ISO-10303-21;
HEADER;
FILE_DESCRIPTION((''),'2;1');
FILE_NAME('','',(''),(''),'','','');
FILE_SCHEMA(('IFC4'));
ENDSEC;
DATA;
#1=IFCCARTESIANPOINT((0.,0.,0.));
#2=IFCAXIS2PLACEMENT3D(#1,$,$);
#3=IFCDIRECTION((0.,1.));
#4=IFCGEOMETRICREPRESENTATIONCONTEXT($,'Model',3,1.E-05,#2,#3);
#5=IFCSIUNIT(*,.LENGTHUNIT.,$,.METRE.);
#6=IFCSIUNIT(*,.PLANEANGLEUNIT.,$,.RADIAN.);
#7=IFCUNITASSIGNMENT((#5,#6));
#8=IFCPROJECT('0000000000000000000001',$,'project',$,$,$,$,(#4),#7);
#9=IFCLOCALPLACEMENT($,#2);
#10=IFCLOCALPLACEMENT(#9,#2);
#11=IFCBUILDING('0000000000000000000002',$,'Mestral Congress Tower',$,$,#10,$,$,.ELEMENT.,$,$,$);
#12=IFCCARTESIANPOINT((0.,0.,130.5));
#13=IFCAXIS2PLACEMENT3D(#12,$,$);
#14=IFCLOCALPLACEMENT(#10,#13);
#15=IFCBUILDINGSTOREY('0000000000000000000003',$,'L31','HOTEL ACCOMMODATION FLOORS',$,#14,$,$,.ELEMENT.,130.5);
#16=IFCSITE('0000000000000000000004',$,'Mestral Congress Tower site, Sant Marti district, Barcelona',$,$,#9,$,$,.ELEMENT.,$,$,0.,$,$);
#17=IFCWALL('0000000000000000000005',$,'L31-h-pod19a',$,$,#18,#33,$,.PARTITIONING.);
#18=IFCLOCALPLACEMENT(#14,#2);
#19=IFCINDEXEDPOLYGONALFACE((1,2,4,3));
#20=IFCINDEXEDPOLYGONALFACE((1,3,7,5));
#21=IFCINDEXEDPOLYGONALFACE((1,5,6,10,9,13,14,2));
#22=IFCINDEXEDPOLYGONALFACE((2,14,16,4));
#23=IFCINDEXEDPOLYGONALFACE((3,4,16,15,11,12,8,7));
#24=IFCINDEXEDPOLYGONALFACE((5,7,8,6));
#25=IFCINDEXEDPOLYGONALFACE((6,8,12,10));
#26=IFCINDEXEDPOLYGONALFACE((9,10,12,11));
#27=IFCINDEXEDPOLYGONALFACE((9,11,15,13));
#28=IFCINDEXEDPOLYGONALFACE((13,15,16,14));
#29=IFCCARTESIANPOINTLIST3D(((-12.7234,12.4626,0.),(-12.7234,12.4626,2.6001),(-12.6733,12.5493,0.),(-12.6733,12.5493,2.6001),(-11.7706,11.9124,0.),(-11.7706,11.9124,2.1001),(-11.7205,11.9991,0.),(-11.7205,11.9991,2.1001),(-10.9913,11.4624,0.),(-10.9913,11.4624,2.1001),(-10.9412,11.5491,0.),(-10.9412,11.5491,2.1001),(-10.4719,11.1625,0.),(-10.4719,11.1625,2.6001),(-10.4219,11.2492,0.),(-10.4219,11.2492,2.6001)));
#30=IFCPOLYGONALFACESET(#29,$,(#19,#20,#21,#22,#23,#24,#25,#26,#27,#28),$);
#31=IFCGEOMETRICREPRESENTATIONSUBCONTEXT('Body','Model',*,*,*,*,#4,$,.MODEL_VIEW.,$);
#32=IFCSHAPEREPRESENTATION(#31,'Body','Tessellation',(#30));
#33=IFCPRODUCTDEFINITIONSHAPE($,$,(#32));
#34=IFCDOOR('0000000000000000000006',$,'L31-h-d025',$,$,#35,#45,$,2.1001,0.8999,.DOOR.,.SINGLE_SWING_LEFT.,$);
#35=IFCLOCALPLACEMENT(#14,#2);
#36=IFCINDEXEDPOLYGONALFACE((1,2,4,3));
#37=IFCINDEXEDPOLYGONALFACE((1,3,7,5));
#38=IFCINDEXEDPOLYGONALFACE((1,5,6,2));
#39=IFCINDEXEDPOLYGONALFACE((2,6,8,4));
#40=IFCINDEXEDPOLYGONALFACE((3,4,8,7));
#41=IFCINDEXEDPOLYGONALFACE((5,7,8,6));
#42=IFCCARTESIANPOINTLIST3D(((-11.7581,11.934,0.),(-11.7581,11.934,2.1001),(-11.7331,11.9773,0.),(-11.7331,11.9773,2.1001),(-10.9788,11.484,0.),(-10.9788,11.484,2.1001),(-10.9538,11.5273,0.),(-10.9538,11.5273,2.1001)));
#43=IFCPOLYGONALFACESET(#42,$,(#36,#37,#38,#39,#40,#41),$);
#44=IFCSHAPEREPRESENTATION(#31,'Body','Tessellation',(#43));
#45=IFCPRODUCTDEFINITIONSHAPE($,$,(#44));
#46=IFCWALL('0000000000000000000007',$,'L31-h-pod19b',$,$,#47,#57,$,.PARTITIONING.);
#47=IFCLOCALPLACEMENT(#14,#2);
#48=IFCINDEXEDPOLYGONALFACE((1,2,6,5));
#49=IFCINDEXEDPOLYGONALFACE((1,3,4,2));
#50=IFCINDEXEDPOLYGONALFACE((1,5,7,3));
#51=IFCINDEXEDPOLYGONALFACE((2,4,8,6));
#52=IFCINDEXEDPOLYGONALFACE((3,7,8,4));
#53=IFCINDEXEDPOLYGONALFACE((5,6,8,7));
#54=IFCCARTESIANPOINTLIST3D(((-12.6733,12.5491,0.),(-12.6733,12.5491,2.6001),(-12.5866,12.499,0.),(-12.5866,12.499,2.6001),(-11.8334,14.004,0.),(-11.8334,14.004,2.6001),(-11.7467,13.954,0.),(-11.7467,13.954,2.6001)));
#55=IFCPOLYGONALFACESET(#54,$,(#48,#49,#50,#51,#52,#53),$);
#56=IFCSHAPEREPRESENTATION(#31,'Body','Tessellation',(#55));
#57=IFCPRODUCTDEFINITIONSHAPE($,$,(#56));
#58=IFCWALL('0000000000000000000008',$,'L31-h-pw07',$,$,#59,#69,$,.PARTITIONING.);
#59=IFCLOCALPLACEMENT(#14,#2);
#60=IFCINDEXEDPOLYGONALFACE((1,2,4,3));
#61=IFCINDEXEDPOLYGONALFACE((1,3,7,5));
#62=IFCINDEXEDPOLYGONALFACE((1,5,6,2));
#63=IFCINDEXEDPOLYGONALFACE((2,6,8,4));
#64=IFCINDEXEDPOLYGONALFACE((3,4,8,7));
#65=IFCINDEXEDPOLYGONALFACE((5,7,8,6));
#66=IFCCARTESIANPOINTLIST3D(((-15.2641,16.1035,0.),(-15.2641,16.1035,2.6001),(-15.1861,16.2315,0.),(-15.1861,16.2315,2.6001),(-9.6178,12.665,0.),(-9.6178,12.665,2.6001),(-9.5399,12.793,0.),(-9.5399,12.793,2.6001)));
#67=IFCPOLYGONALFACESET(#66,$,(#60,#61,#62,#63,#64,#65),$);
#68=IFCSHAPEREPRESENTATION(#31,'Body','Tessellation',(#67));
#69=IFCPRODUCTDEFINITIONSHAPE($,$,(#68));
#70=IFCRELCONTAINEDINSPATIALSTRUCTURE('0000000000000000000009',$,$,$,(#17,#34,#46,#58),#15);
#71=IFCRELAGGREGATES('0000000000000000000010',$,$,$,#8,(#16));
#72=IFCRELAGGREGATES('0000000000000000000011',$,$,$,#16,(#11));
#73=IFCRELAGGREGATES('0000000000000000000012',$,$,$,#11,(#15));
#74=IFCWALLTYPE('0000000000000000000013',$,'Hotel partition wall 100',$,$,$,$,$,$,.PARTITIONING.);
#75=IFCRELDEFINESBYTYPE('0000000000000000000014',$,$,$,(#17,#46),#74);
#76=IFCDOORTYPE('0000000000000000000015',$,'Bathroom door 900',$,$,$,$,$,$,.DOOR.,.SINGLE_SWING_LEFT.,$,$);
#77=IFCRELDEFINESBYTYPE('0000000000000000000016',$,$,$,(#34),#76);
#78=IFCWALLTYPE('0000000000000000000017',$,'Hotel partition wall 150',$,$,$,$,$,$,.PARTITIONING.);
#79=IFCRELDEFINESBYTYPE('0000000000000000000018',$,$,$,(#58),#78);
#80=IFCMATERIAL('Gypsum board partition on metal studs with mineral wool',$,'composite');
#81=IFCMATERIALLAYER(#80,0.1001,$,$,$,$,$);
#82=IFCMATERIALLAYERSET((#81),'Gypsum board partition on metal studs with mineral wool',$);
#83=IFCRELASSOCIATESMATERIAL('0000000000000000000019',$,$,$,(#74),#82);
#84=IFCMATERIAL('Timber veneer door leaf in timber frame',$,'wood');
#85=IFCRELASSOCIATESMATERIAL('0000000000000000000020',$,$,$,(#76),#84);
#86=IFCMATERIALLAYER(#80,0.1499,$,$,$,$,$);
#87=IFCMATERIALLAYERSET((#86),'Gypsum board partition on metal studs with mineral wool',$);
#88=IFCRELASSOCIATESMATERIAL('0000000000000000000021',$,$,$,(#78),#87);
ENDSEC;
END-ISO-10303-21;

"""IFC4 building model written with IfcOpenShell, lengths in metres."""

from ifc_helpers import new_model, si_unit, direction, frame, frame_2d, origin, place, context, subcontext, project, spatial, rectangle, extrude, material, layer, layer_set, type_object, element, fill, save


model = new_model("IFC4")

# Units and contexts
model_context = context("Model", 3, precision=1e-05, world=origin(), true_north=direction((0.0, 1.0)))
body_context = subcontext(model_context, "Body", "Model", "MODEL_VIEW")
ifc_project = project(units=[si_unit("LENGTHUNIT", "METRE"), si_unit("PLANEANGLEUNIT", "RADIAN")], contexts=[model_context])

# Site, building, storey
site_placement = place(None, origin())
site = spatial("IfcSite", under=ifc_project, at=site_placement, Name="Mestral Congress Tower site, Sant Marti district, Barcelona", CompositionType="ELEMENT", RefElevation=0.0)
building_placement = place(site_placement, origin())
building = spatial("IfcBuilding", under=site, at=building_placement, Name="Mestral Congress Tower", CompositionType="ELEMENT")
storey_placement = place(building_placement, frame((0.0, 0.0, 130.5)))
storey = spatial("IfcBuildingStorey", under=building, at=storey_placement, Name="L31", Description="HOTEL ACCOMMODATION FLOORS", CompositionType="ELEMENT", Elevation=130.5)

# Wall, opening, door
ifc_material_1 = material(Name="Gypsum board partition on metal studs with mineral wool", Category="composite")
ifc_layer_1 = layer(ifc_material_1, 0.1001)
ifc_layer_set_1 = layer_set([ifc_layer_1], Name="Gypsum board partition on metal studs with mineral wool")
wall_type_1 = type_object("IfcWallType", Name="Hotel partition wall 100", PredefinedType="PARTITIONING", material=ifc_layer_set_1)
wall_1_placement = place(storey_placement, frame((-12.6982, 12.5059, 0.0), z_axis=(0.0, 0.0, 1.0), x_axis=(0.865998, -0.500048, 0.0)))
wall_1 = element("IfcWall", 1, at=wall_1_placement, inside=storey, type_object=wall_type_1, Name="L31-h-pod19a", PredefinedType="PARTITIONING", context=body_context, shape_type="SweptSolid", body=[
    extrude(rectangle(XDim=2.5999, YDim=0.1001, at=frame_2d((1.2998, 0.0))), origin(), (0.0, 0.0, 1.0), 2.6001),
])
opening_1_placement = place(wall_1_placement, frame((1.1001, 0.0, 0.0)))
opening_1 = element("IfcOpeningElement", 2, at=opening_1_placement, cuts=wall_1, PredefinedType="OPENING", context=body_context, shape_type="SweptSolid", body=[
    extrude(rectangle(XDim=0.8999, YDim=2.1001, at=frame_2d((0.45, 1.05))), frame((0.0, 0.0601, 0.0), z_axis=(0.0, -1.0, 0.0), x_axis=(1.0, 0.0, 0.0)), (0.0, 0.0, 1.0), 0.1201),
])
ifc_material_2 = material(Name="Timber veneer door leaf in timber frame", Category="wood")
door_type = type_object("IfcDoorType", Name="Bathroom door 900", OperationType="SINGLE_SWING_LEFT", PredefinedType="DOOR", material=ifc_material_2)
door_placement = place(opening_1_placement, origin())
door = element("IfcDoor", 3, at=door_placement, inside=storey, type_object=door_type, Name="L31-h-d025", OperationType="SINGLE_SWING_LEFT", OverallHeight=2.1001, OverallWidth=0.8999, PredefinedType="DOOR", context=body_context, shape_type="SweptSolid", body=[
    extrude(rectangle(XDim=0.8999, YDim=2.1001, at=frame_2d((0.45, 1.05))), frame((0.0, 0.0249, 0.0), z_axis=(0.0, -1.0, 0.0), x_axis=(1.0, 0.0, 0.0)), (0.0, 0.0, 1.0), 0.05),
])
fill(opening_1, door)

# Walls
wall_2_placement = place(storey_placement, frame((-12.6299, 12.5242, 0.0), z_axis=(0.0, 0.0, 1.0), x_axis=(0.499953, 0.866052, 0.0)))
element("IfcWall", 4, at=wall_2_placement, inside=storey, type_object=wall_type_1, Name="L31-h-pod19b", PredefinedType="PARTITIONING", context=body_context, shape_type="SweptSolid", body=[
    extrude(rectangle(XDim=1.6799, YDim=0.1001, at=frame_2d((0.8398, 0.0))), origin(), (0.0, 0.0, 1.0), 2.6001),
])
ifc_layer_2 = layer(ifc_material_1, 0.1499)
ifc_layer_set_2 = layer_set([ifc_layer_2], Name="Gypsum board partition on metal studs with mineral wool")
wall_type_2 = type_object("IfcWallType", Name="Hotel partition wall 150", PredefinedType="PARTITIONING", material=ifc_layer_set_2)
wall_3_placement = place(storey_placement, frame((-15.2251, 16.1675, 0.0), z_axis=(0.0, 0.0, 1.0), x_axis=(0.854089, -0.520127, 0.0)))
element("IfcWall", 5, at=wall_3_placement, inside=storey, type_object=wall_type_2, Name="L31-h-pw07", PredefinedType="PARTITIONING", context=body_context, shape_type="SweptSolid", body=[
    extrude(rectangle(XDim=6.6108, YDim=0.1499, at=frame_2d((3.3054, 0.0))), origin(), (0.0, 0.0, 1.0), 2.6001),
])

save(model, "model.ifc")
